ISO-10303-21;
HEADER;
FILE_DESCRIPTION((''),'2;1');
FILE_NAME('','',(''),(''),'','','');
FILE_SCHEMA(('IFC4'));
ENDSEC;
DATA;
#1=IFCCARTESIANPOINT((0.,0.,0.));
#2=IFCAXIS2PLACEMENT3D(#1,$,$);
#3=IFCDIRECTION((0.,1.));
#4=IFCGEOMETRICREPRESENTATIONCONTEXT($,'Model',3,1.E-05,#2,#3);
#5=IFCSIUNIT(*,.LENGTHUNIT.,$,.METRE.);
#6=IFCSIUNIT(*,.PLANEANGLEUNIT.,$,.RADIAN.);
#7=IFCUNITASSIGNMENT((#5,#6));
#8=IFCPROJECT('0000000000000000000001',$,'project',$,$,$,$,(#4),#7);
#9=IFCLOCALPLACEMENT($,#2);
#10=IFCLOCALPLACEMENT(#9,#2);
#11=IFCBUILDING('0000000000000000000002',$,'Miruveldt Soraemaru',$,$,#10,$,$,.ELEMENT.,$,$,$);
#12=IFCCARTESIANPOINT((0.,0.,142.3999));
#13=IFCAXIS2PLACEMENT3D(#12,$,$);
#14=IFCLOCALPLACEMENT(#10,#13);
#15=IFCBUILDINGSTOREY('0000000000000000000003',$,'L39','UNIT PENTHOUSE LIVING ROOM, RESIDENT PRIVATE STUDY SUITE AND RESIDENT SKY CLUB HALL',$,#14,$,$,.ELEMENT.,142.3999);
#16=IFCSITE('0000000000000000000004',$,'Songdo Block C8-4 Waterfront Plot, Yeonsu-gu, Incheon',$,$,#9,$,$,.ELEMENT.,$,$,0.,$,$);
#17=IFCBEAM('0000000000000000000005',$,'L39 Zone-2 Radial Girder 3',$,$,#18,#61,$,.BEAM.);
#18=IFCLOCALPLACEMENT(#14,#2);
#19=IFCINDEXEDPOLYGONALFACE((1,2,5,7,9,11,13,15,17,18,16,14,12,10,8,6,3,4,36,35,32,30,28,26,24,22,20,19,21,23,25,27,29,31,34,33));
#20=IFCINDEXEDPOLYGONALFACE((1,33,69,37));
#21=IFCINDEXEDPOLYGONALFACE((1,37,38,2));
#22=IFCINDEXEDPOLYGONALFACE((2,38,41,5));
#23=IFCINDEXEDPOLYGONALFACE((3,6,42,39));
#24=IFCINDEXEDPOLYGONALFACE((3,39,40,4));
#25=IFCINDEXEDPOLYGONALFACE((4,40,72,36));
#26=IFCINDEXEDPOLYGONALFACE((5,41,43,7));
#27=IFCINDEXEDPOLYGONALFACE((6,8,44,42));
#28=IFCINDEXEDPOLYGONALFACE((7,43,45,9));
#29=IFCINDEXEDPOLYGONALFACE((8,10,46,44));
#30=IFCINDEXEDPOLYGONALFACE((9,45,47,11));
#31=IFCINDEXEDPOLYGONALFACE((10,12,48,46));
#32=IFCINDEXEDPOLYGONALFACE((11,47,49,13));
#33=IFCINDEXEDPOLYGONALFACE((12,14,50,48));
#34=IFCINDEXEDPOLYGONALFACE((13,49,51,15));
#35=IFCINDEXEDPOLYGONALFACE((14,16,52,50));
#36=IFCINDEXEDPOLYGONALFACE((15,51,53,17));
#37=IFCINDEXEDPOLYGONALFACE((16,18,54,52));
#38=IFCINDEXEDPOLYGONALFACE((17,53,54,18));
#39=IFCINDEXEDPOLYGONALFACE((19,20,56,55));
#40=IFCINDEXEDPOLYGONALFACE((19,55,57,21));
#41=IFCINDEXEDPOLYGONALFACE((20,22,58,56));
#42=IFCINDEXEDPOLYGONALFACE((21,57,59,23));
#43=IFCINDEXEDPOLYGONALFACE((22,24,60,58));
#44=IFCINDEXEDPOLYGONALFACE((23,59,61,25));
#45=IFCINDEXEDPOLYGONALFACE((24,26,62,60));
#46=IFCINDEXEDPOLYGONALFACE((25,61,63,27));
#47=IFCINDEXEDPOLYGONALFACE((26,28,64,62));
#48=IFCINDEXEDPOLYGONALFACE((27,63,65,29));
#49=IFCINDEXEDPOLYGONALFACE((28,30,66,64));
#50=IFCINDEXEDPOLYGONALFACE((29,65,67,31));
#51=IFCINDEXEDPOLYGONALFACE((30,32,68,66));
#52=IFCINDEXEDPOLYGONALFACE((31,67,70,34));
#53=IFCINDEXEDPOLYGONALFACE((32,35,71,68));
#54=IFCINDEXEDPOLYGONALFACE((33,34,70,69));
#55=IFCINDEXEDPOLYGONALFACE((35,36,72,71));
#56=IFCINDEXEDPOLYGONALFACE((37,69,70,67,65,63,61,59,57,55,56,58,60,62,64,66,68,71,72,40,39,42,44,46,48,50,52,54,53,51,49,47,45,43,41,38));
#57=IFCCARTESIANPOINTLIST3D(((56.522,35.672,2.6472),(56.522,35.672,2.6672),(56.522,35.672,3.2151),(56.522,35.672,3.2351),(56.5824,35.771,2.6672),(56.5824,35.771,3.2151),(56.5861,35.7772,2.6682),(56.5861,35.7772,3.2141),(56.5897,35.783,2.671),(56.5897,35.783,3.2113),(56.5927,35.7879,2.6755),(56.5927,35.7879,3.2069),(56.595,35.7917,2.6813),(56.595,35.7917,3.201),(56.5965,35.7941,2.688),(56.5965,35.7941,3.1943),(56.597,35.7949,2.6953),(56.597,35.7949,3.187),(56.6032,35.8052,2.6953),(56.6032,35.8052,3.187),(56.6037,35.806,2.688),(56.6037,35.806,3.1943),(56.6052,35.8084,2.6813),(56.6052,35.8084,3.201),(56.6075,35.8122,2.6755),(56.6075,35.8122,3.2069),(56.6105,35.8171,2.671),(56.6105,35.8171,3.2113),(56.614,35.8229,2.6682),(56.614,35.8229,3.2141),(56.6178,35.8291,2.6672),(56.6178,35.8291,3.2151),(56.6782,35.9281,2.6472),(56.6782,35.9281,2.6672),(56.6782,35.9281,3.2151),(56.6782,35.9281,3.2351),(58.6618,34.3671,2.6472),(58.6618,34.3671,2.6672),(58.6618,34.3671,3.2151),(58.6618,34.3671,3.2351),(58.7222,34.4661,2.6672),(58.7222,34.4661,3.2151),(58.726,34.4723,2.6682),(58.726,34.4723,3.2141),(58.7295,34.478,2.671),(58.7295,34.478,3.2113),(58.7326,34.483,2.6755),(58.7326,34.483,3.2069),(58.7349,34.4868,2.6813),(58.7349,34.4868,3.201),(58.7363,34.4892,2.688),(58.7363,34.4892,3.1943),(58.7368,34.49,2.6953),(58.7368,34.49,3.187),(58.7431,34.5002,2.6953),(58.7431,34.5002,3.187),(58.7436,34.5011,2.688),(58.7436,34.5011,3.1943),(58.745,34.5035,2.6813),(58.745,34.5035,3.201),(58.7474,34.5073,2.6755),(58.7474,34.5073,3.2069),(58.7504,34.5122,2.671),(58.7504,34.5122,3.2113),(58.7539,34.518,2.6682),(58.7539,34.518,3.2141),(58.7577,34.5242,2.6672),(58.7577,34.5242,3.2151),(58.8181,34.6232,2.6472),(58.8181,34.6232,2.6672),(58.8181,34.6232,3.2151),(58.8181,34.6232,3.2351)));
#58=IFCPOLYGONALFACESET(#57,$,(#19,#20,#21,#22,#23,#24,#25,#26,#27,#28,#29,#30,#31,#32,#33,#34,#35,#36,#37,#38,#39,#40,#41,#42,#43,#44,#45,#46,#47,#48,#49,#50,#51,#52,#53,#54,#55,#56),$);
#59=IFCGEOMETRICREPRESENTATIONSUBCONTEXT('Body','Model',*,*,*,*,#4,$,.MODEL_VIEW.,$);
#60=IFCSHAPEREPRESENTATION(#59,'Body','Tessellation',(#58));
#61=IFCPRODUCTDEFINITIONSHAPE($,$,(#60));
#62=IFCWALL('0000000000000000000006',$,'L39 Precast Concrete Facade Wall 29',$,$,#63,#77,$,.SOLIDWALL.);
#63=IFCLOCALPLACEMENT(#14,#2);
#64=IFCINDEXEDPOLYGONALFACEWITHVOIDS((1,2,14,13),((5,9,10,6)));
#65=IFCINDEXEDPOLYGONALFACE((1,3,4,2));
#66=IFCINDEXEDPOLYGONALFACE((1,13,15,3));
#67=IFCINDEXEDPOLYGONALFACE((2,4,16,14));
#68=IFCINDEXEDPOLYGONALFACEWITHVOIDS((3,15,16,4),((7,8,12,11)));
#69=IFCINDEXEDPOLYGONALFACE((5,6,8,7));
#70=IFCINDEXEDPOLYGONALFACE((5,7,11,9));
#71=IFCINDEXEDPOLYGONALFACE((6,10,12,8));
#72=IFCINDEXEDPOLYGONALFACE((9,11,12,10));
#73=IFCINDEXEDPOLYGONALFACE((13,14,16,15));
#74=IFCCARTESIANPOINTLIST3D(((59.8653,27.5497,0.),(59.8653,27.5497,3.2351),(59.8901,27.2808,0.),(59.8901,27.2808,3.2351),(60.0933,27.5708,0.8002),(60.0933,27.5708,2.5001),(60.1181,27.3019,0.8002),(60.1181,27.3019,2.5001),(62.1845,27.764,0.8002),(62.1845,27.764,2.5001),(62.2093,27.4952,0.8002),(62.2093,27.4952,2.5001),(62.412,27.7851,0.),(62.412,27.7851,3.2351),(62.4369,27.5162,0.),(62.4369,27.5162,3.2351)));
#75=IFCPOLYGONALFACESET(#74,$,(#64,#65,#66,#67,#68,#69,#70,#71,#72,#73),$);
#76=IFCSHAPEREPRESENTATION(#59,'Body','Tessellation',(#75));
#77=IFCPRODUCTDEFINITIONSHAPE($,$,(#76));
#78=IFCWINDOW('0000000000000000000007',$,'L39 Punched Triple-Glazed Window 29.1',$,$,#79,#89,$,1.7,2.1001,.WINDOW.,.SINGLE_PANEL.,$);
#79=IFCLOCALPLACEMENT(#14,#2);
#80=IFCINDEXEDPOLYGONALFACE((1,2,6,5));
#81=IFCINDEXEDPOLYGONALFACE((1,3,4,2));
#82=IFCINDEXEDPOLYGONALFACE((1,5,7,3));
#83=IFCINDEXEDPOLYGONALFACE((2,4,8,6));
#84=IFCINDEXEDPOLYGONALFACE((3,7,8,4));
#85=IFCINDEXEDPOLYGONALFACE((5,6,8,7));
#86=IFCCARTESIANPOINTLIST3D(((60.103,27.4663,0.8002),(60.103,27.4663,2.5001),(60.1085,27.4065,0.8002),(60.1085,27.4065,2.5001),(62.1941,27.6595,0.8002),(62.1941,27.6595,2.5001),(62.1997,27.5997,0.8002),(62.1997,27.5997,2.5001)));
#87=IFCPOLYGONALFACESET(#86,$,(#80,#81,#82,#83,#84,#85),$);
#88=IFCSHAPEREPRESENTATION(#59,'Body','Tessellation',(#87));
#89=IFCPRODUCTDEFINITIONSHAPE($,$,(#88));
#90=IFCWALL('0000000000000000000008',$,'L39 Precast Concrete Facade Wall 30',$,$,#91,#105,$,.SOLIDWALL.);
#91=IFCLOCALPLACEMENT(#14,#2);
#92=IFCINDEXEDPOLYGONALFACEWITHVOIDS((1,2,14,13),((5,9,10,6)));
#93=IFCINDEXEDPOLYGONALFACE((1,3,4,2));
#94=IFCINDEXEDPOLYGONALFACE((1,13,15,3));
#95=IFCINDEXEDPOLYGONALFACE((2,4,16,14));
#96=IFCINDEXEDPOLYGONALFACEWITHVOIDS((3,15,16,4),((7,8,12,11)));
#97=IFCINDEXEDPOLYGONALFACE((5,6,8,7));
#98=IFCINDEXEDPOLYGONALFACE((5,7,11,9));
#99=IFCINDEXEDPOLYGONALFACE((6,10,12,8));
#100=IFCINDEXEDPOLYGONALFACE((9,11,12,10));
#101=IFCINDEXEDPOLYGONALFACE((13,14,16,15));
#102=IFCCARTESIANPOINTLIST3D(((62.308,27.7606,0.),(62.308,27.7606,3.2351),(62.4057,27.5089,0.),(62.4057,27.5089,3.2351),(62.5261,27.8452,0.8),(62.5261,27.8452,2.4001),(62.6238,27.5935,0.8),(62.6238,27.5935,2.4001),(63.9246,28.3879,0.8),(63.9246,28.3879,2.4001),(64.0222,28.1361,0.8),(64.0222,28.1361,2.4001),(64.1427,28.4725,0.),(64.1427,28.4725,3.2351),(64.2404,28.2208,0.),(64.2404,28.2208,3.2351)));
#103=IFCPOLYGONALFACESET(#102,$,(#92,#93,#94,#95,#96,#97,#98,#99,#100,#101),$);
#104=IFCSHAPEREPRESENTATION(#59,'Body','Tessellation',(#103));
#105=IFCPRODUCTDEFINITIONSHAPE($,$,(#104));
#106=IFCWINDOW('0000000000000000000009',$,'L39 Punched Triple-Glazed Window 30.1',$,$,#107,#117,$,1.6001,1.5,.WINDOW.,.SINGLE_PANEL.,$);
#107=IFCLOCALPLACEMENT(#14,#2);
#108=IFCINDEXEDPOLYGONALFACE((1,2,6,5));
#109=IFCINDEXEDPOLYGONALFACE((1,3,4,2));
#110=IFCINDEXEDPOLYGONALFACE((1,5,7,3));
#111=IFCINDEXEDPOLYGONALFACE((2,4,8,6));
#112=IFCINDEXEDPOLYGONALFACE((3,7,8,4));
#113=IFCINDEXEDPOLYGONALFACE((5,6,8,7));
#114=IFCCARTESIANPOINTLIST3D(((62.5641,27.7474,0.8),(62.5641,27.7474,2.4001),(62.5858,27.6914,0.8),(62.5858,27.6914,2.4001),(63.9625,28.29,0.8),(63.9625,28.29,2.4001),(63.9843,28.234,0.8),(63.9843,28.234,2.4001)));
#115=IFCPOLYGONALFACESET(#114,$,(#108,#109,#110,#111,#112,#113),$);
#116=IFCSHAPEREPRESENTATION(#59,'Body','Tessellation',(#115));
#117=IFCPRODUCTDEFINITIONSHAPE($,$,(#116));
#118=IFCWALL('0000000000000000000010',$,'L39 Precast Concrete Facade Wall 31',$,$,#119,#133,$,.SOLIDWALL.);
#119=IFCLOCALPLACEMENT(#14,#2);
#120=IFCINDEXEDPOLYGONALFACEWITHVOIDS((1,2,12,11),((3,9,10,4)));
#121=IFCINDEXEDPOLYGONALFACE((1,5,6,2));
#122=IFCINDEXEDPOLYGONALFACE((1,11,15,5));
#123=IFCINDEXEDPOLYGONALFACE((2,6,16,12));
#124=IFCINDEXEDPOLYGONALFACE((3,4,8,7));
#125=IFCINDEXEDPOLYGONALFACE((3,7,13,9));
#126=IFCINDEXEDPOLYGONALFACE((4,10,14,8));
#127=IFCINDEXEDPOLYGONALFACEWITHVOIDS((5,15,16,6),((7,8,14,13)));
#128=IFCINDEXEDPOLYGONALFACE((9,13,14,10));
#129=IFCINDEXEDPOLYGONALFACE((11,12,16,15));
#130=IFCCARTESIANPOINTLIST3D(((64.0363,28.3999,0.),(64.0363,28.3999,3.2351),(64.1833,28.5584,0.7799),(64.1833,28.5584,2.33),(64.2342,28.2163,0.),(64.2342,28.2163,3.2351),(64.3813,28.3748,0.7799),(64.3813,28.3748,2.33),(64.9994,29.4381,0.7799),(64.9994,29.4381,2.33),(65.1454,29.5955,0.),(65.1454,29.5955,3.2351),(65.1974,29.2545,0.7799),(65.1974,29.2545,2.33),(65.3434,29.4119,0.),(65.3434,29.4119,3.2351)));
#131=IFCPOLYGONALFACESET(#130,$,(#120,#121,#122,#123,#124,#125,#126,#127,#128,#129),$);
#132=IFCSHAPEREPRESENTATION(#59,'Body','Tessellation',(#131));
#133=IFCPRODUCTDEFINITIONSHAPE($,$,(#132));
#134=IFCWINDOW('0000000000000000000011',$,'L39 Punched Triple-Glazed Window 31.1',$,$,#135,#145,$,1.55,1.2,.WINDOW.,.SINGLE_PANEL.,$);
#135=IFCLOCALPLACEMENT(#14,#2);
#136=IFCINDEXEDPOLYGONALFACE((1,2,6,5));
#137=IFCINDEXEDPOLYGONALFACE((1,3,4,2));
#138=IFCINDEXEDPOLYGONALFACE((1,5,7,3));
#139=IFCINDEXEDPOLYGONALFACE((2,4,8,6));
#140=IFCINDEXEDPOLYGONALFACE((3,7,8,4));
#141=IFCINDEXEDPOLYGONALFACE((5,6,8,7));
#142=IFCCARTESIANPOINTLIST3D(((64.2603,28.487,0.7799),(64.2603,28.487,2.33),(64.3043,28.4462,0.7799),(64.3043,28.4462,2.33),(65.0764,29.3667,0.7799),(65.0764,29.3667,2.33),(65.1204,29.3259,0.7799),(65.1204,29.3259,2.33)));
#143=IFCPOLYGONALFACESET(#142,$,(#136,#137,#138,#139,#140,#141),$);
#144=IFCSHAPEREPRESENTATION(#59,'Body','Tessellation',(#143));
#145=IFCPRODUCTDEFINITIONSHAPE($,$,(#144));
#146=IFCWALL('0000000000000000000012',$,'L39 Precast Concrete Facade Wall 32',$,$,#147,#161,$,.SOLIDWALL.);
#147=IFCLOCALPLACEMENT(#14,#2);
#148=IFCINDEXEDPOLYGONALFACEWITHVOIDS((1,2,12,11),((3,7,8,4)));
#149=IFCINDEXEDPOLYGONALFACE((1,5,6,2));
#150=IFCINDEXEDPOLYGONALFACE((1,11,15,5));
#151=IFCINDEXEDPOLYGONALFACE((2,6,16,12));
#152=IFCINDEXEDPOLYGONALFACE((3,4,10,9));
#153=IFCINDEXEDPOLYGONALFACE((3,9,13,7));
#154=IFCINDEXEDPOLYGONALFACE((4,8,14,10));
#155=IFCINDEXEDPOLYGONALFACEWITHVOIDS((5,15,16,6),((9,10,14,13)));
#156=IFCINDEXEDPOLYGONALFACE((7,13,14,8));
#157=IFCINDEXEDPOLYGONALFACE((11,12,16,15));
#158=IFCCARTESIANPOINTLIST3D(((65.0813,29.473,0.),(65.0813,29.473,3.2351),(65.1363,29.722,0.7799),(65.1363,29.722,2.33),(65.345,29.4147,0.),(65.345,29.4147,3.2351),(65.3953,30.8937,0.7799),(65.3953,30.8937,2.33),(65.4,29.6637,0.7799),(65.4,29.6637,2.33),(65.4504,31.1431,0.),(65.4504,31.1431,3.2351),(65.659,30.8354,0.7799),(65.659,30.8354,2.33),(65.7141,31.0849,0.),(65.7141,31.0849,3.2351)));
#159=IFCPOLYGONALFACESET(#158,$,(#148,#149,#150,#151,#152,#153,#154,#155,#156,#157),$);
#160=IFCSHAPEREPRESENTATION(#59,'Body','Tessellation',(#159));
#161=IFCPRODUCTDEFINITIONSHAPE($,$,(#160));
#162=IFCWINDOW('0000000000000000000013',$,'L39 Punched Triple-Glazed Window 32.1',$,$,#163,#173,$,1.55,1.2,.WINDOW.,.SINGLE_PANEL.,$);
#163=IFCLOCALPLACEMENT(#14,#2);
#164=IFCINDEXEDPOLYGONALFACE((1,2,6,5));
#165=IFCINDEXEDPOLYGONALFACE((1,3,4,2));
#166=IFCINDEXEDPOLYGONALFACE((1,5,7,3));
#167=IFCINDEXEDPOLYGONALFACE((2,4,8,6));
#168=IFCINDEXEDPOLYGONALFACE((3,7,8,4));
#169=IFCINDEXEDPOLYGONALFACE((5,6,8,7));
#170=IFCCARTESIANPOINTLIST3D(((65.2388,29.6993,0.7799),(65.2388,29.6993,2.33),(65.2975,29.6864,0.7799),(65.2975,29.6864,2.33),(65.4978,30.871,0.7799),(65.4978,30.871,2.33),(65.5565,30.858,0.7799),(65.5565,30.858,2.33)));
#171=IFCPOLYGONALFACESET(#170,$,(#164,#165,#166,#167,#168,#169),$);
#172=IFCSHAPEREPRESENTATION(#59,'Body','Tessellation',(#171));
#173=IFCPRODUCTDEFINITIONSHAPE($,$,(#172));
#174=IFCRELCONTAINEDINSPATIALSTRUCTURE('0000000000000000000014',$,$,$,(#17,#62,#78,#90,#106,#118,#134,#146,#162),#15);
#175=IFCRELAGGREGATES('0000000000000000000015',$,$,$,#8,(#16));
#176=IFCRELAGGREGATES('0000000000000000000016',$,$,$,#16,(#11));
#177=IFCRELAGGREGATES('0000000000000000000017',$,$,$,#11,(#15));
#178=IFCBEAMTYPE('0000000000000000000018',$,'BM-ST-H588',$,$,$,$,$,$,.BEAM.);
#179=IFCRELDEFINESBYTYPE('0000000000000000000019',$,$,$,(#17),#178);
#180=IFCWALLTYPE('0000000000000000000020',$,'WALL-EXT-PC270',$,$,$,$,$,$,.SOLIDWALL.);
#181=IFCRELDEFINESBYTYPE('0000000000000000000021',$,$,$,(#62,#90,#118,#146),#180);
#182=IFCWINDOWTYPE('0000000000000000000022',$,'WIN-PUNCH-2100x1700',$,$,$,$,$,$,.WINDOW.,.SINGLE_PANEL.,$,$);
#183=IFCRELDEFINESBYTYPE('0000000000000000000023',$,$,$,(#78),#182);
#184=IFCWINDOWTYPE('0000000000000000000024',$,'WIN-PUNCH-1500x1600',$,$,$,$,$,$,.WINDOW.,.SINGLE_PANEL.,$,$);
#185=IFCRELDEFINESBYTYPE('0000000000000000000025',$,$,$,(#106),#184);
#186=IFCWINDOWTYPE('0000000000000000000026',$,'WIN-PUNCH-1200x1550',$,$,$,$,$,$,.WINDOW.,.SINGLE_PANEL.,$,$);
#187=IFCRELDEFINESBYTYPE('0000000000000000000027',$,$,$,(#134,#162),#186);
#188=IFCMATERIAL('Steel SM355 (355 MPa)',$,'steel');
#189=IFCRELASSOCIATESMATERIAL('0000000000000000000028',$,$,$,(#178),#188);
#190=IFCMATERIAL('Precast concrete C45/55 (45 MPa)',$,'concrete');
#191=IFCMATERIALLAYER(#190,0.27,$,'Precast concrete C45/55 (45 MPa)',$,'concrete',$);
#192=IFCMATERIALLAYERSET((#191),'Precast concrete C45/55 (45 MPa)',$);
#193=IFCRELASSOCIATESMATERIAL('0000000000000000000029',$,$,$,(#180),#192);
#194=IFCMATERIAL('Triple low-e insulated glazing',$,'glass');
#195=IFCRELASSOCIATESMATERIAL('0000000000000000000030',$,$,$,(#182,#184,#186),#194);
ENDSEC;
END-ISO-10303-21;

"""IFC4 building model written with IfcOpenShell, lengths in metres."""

from ifc_helpers import new_model, si_unit, direction, frame, frame_2d, origin, origin_2d, place, context, subcontext, project, spatial, rectangle, i_section, extrude, material, layer, layer_set, material_profile, profile_set, type_object, element, fill, save


model = new_model("IFC4")

# Units and contexts
model_context = context("Model", 3, precision=1e-05, world=origin(), true_north=direction((0.0, 1.0)))
body_context = subcontext(model_context, "Body", "Model", "MODEL_VIEW")
ifc_project = project(units=[si_unit("LENGTHUNIT", "METRE"), si_unit("PLANEANGLEUNIT", "RADIAN")], contexts=[model_context])

# Site, building, storey
site_placement = place(None, origin())
site = spatial("IfcSite", under=ifc_project, at=site_placement, Name="Songdo Block C8-4 Waterfront Plot, Yeonsu-gu, Incheon", CompositionType="ELEMENT", RefElevation=0.0)
building_placement = place(site_placement, origin())
building = spatial("IfcBuilding", under=site, at=building_placement, Name="Miruveldt Soraemaru", CompositionType="ELEMENT")
storey_placement = place(building_placement, frame((0.0, 0.0, 142.3999)))
storey = spatial("IfcBuildingStorey", under=building, at=storey_placement, Name="L39", Description="UNIT PENTHOUSE LIVING ROOM, RESIDENT PRIVATE STUDY SUITE AND RESIDENT SKY CLUB HALL", CompositionType="ELEMENT", Elevation=142.3999)

# Beam
ifc_material_1 = material(Name="Steel SM355 (355 MPa)", Category="steel")
ifc_material_profile_1 = material_profile(ifc_material_1, i_section(OverallWidth=0.3, OverallDepth=0.5879, WebThickness=0.012, FlangeThickness=0.02, FilletRadius=0.0281, at=origin_2d()), Name="Steel SM355 (355 MPa)", Category="steel")
ifc_profile_set_1 = profile_set([ifc_material_profile_1], Name="Steel SM355 (355 MPa)")
beam_type_1 = type_object("IfcBeamType", Name="BM-ST-H588", PredefinedType="BEAM", material=ifc_profile_set_1)
beam_1_placement = place(storey_placement, frame((56.6001, 35.8, 2.9412), z_axis=(0.853775, -0.520642, 0.0), x_axis=(0.520642, 0.853775, 0.0)))
element("IfcBeam", 1, at=beam_1_placement, inside=storey, type_object=beam_type_1, Name="L39 Zone-2 Radial Girder 3", PredefinedType="BEAM", context=body_context, shape_type="SweptSolid", body=[
    extrude(i_section(OverallWidth=0.3, OverallDepth=0.5879, WebThickness=0.012, FlangeThickness=0.02, FilletRadius=0.0281, at=origin_2d()), origin(), (0.0, 0.0, 1.0), 2.5063),
])

# Walls, openings, windows
ifc_material_2 = material(Name="Precast concrete C45/55 (45 MPa)", Category="concrete")
ifc_layer_1 = layer(ifc_material_2, 0.27, Name="Precast concrete C45/55 (45 MPa)", Category="concrete")
ifc_layer_set_1 = layer_set([ifc_layer_1], Name="Precast concrete C45/55 (45 MPa)")
wall_type_1 = type_object("IfcWallType", Name="WALL-EXT-PC270", PredefinedType="SOLIDWALL", material=ifc_layer_set_1)
wall_1_placement = place(storey_placement, frame((59.8777, 27.4153, 0.0), z_axis=(0.0, 0.0, 1.0), x_axis=(0.995758, 0.092016, 0.0)))
wall_1 = element("IfcWall", 2, at=wall_1_placement, inside=storey, type_object=wall_type_1, Name="L39 Precast Concrete Facade Wall 29", PredefinedType="SOLIDWALL", context=body_context, shape_type="SweptSolid", body=[
    extrude(rectangle(XDim=2.5576, YDim=0.27, at=frame_2d((1.2788, 0.0))), origin(), (0.0, 0.0, 1.0), 3.2351),
])
opening_1_placement = place(wall_1_placement, frame((0.229, 0.0, 0.8)))
opening_1 = element("IfcOpeningElement", 3, at=opening_1_placement, cuts=wall_1, PredefinedType="OPENING", context=body_context, shape_type="SweptSolid", body=[
    extrude(rectangle(XDim=2.1001, YDim=1.7, at=frame_2d((1.05, 0.8501))), frame((0.0, 0.145, 0.0), z_axis=(0.0, -1.0, 0.0), x_axis=(1.0, 0.0, 0.0)), (0.0, 0.0, 1.0), 0.29),
])
ifc_material_3 = material(Name="Triple low-e insulated glazing", Category="glass")
window_type_1 = type_object("IfcWindowType", Name="WIN-PUNCH-2100x1700", PartitioningType="SINGLE_PANEL", PredefinedType="WINDOW", material=ifc_material_3)
window_1_placement = place(opening_1_placement, origin())
window_1 = element("IfcWindow", 4, at=window_1_placement, inside=storey, type_object=window_type_1, Name="L39 Punched Triple-Glazed Window 29.1", OverallHeight=1.7, OverallWidth=2.1001, PartitioningType="SINGLE_PANEL", PredefinedType="WINDOW", context=body_context, shape_type="SweptSolid", body=[
    extrude(rectangle(XDim=2.1001, YDim=1.7, at=frame_2d((1.05, 0.8501))), frame((0.0, 0.03, 0.0), z_axis=(0.0, -1.0, 0.0), x_axis=(1.0, 0.0, 0.0)), (0.0, 0.0, 1.0), 0.0601),
])
fill(opening_1, window_1)
wall_2_placement = place(storey_placement, frame((62.3569, 27.6348, 0.0), z_axis=(0.0, 0.0, 1.0), x_axis=(0.932277, 0.361746, 0.0)))
wall_2 = element("IfcWall", 5, at=wall_2_placement, inside=storey, type_object=wall_type_1, Name="L39 Precast Concrete Facade Wall 30", PredefinedType="SOLIDWALL", context=body_context, shape_type="SweptSolid", body=[
    extrude(rectangle(XDim=1.968, YDim=0.27, at=frame_2d((0.9839, 0.0))), origin(), (0.0, 0.0, 1.0), 3.2351),
])
opening_2_placement = place(wall_2_placement, frame((0.2339, 0.0, 0.8)))
opening_2 = element("IfcOpeningElement", 6, at=opening_2_placement, cuts=wall_2, PredefinedType="OPENING", context=body_context, shape_type="SweptSolid", body=[
    extrude(rectangle(XDim=1.5, YDim=1.6001, at=frame_2d((0.75, 0.8))), frame((0.0, 0.145, 0.0), z_axis=(0.0, -1.0, 0.0), x_axis=(1.0, 0.0, 0.0)), (0.0, 0.0, 1.0), 0.29),
])
window_type_2 = type_object("IfcWindowType", Name="WIN-PUNCH-1500x1600", PartitioningType="SINGLE_PANEL", PredefinedType="WINDOW", material=ifc_material_3)
window_2_placement = place(opening_2_placement, origin())
window_2 = element("IfcWindow", 7, at=window_2_placement, inside=storey, type_object=window_type_2, Name="L39 Punched Triple-Glazed Window 30.1", OverallHeight=1.6001, OverallWidth=1.5, PartitioningType="SINGLE_PANEL", PredefinedType="WINDOW", context=body_context, shape_type="SweptSolid", body=[
    extrude(rectangle(XDim=1.5, YDim=1.6001, at=frame_2d((0.75, 0.8))), frame((0.0, 0.03, 0.0), z_axis=(0.0, -1.0, 0.0), x_axis=(1.0, 0.0, 0.0)), (0.0, 0.0, 1.0), 0.0601),
])
fill(opening_2, window_2)
wall_3_placement = place(storey_placement, frame((64.1353, 28.3081, 0.0), z_axis=(0.0, 0.0, 1.0), x_axis=(0.680112, 0.733108, 0.0)))
wall_3 = element("IfcWall", 8, at=wall_3_placement, inside=storey, type_object=wall_type_1, Name="L39 Precast Concrete Facade Wall 31", PredefinedType="SOLIDWALL", context=body_context, shape_type="SweptSolid", body=[
    extrude(rectangle(XDim=1.6309, YDim=0.27, at=frame_2d((0.8154, 0.0))), origin(), (0.0, 0.0, 1.0), 3.2351),
])
opening_3_placement = place(wall_3_placement, frame((0.2161, 0.0, 0.78)))
opening_3 = element("IfcOpeningElement", 9, at=opening_3_placement, cuts=wall_3, PredefinedType="OPENING", context=body_context, shape_type="SweptSolid", body=[
    extrude(rectangle(XDim=1.2, YDim=1.55, at=frame_2d((0.6001, 0.7749))), frame((0.0, 0.145, 0.0), z_axis=(0.0, -1.0, 0.0), x_axis=(1.0, 0.0, 0.0)), (0.0, 0.0, 1.0), 0.29),
])
window_type_3 = type_object("IfcWindowType", Name="WIN-PUNCH-1200x1550", PartitioningType="SINGLE_PANEL", PredefinedType="WINDOW", material=ifc_material_3)
window_3_placement = place(opening_3_placement, origin())
window_3 = element("IfcWindow", 10, at=window_3_placement, inside=storey, type_object=window_type_3, Name="L39 Punched Triple-Glazed Window 31.1", OverallHeight=1.55, OverallWidth=1.2, PartitioningType="SINGLE_PANEL", PredefinedType="WINDOW", context=body_context, shape_type="SweptSolid", body=[
    extrude(rectangle(XDim=1.2, YDim=1.55, at=frame_2d((0.6001, 0.7749))), frame((0.0, 0.03, 0.0), z_axis=(0.0, -1.0, 0.0), x_axis=(1.0, 0.0, 0.0)), (0.0, 0.0, 1.0), 0.0601),
])
fill(opening_3, window_3)
wall_4_placement = place(storey_placement, frame((65.2131, 29.4438, 0.0), z_axis=(0.0, 0.0, 1.0), x_axis=(0.215812, 0.976435, 0.0)))
wall_4 = element("IfcWall", 11, at=wall_4_placement, inside=storey, type_object=wall_type_1, Name="L39 Precast Concrete Facade Wall 32", PredefinedType="SOLIDWALL", context=body_context, shape_type="SweptSolid", body=[
    extrude(rectangle(XDim=1.7104, YDim=0.27, at=frame_2d((0.8552, 0.0))), origin(), (0.0, 0.0, 1.0), 3.2351),
])
opening_4_placement = place(wall_4_placement, frame((0.2549, 0.0, 0.78)))
opening_4 = element("IfcOpeningElement", 12, at=opening_4_placement, cuts=wall_4, PredefinedType="OPENING", context=body_context, shape_type="SweptSolid", body=[
    extrude(rectangle(XDim=1.2, YDim=1.55, at=frame_2d((0.6001, 0.7749))), frame((0.0, 0.145, 0.0), z_axis=(0.0, -1.0, 0.0), x_axis=(1.0, 0.0, 0.0)), (0.0, 0.0, 1.0), 0.29),
])
window_4_placement = place(opening_4_placement, origin())
window_4 = element("IfcWindow", 13, at=window_4_placement, inside=storey, type_object=window_type_3, Name="L39 Punched Triple-Glazed Window 32.1", OverallHeight=1.55, OverallWidth=1.2, PartitioningType="SINGLE_PANEL", PredefinedType="WINDOW", context=body_context, shape_type="SweptSolid", body=[
    extrude(rectangle(XDim=1.2, YDim=1.55, at=frame_2d((0.6001, 0.7749))), frame((0.0, 0.03, 0.0), z_axis=(0.0, -1.0, 0.0), x_axis=(1.0, 0.0, 0.0)), (0.0, 0.0, 1.0), 0.0601),
])
fill(opening_4, window_4)

save(model, "model.ifc")
